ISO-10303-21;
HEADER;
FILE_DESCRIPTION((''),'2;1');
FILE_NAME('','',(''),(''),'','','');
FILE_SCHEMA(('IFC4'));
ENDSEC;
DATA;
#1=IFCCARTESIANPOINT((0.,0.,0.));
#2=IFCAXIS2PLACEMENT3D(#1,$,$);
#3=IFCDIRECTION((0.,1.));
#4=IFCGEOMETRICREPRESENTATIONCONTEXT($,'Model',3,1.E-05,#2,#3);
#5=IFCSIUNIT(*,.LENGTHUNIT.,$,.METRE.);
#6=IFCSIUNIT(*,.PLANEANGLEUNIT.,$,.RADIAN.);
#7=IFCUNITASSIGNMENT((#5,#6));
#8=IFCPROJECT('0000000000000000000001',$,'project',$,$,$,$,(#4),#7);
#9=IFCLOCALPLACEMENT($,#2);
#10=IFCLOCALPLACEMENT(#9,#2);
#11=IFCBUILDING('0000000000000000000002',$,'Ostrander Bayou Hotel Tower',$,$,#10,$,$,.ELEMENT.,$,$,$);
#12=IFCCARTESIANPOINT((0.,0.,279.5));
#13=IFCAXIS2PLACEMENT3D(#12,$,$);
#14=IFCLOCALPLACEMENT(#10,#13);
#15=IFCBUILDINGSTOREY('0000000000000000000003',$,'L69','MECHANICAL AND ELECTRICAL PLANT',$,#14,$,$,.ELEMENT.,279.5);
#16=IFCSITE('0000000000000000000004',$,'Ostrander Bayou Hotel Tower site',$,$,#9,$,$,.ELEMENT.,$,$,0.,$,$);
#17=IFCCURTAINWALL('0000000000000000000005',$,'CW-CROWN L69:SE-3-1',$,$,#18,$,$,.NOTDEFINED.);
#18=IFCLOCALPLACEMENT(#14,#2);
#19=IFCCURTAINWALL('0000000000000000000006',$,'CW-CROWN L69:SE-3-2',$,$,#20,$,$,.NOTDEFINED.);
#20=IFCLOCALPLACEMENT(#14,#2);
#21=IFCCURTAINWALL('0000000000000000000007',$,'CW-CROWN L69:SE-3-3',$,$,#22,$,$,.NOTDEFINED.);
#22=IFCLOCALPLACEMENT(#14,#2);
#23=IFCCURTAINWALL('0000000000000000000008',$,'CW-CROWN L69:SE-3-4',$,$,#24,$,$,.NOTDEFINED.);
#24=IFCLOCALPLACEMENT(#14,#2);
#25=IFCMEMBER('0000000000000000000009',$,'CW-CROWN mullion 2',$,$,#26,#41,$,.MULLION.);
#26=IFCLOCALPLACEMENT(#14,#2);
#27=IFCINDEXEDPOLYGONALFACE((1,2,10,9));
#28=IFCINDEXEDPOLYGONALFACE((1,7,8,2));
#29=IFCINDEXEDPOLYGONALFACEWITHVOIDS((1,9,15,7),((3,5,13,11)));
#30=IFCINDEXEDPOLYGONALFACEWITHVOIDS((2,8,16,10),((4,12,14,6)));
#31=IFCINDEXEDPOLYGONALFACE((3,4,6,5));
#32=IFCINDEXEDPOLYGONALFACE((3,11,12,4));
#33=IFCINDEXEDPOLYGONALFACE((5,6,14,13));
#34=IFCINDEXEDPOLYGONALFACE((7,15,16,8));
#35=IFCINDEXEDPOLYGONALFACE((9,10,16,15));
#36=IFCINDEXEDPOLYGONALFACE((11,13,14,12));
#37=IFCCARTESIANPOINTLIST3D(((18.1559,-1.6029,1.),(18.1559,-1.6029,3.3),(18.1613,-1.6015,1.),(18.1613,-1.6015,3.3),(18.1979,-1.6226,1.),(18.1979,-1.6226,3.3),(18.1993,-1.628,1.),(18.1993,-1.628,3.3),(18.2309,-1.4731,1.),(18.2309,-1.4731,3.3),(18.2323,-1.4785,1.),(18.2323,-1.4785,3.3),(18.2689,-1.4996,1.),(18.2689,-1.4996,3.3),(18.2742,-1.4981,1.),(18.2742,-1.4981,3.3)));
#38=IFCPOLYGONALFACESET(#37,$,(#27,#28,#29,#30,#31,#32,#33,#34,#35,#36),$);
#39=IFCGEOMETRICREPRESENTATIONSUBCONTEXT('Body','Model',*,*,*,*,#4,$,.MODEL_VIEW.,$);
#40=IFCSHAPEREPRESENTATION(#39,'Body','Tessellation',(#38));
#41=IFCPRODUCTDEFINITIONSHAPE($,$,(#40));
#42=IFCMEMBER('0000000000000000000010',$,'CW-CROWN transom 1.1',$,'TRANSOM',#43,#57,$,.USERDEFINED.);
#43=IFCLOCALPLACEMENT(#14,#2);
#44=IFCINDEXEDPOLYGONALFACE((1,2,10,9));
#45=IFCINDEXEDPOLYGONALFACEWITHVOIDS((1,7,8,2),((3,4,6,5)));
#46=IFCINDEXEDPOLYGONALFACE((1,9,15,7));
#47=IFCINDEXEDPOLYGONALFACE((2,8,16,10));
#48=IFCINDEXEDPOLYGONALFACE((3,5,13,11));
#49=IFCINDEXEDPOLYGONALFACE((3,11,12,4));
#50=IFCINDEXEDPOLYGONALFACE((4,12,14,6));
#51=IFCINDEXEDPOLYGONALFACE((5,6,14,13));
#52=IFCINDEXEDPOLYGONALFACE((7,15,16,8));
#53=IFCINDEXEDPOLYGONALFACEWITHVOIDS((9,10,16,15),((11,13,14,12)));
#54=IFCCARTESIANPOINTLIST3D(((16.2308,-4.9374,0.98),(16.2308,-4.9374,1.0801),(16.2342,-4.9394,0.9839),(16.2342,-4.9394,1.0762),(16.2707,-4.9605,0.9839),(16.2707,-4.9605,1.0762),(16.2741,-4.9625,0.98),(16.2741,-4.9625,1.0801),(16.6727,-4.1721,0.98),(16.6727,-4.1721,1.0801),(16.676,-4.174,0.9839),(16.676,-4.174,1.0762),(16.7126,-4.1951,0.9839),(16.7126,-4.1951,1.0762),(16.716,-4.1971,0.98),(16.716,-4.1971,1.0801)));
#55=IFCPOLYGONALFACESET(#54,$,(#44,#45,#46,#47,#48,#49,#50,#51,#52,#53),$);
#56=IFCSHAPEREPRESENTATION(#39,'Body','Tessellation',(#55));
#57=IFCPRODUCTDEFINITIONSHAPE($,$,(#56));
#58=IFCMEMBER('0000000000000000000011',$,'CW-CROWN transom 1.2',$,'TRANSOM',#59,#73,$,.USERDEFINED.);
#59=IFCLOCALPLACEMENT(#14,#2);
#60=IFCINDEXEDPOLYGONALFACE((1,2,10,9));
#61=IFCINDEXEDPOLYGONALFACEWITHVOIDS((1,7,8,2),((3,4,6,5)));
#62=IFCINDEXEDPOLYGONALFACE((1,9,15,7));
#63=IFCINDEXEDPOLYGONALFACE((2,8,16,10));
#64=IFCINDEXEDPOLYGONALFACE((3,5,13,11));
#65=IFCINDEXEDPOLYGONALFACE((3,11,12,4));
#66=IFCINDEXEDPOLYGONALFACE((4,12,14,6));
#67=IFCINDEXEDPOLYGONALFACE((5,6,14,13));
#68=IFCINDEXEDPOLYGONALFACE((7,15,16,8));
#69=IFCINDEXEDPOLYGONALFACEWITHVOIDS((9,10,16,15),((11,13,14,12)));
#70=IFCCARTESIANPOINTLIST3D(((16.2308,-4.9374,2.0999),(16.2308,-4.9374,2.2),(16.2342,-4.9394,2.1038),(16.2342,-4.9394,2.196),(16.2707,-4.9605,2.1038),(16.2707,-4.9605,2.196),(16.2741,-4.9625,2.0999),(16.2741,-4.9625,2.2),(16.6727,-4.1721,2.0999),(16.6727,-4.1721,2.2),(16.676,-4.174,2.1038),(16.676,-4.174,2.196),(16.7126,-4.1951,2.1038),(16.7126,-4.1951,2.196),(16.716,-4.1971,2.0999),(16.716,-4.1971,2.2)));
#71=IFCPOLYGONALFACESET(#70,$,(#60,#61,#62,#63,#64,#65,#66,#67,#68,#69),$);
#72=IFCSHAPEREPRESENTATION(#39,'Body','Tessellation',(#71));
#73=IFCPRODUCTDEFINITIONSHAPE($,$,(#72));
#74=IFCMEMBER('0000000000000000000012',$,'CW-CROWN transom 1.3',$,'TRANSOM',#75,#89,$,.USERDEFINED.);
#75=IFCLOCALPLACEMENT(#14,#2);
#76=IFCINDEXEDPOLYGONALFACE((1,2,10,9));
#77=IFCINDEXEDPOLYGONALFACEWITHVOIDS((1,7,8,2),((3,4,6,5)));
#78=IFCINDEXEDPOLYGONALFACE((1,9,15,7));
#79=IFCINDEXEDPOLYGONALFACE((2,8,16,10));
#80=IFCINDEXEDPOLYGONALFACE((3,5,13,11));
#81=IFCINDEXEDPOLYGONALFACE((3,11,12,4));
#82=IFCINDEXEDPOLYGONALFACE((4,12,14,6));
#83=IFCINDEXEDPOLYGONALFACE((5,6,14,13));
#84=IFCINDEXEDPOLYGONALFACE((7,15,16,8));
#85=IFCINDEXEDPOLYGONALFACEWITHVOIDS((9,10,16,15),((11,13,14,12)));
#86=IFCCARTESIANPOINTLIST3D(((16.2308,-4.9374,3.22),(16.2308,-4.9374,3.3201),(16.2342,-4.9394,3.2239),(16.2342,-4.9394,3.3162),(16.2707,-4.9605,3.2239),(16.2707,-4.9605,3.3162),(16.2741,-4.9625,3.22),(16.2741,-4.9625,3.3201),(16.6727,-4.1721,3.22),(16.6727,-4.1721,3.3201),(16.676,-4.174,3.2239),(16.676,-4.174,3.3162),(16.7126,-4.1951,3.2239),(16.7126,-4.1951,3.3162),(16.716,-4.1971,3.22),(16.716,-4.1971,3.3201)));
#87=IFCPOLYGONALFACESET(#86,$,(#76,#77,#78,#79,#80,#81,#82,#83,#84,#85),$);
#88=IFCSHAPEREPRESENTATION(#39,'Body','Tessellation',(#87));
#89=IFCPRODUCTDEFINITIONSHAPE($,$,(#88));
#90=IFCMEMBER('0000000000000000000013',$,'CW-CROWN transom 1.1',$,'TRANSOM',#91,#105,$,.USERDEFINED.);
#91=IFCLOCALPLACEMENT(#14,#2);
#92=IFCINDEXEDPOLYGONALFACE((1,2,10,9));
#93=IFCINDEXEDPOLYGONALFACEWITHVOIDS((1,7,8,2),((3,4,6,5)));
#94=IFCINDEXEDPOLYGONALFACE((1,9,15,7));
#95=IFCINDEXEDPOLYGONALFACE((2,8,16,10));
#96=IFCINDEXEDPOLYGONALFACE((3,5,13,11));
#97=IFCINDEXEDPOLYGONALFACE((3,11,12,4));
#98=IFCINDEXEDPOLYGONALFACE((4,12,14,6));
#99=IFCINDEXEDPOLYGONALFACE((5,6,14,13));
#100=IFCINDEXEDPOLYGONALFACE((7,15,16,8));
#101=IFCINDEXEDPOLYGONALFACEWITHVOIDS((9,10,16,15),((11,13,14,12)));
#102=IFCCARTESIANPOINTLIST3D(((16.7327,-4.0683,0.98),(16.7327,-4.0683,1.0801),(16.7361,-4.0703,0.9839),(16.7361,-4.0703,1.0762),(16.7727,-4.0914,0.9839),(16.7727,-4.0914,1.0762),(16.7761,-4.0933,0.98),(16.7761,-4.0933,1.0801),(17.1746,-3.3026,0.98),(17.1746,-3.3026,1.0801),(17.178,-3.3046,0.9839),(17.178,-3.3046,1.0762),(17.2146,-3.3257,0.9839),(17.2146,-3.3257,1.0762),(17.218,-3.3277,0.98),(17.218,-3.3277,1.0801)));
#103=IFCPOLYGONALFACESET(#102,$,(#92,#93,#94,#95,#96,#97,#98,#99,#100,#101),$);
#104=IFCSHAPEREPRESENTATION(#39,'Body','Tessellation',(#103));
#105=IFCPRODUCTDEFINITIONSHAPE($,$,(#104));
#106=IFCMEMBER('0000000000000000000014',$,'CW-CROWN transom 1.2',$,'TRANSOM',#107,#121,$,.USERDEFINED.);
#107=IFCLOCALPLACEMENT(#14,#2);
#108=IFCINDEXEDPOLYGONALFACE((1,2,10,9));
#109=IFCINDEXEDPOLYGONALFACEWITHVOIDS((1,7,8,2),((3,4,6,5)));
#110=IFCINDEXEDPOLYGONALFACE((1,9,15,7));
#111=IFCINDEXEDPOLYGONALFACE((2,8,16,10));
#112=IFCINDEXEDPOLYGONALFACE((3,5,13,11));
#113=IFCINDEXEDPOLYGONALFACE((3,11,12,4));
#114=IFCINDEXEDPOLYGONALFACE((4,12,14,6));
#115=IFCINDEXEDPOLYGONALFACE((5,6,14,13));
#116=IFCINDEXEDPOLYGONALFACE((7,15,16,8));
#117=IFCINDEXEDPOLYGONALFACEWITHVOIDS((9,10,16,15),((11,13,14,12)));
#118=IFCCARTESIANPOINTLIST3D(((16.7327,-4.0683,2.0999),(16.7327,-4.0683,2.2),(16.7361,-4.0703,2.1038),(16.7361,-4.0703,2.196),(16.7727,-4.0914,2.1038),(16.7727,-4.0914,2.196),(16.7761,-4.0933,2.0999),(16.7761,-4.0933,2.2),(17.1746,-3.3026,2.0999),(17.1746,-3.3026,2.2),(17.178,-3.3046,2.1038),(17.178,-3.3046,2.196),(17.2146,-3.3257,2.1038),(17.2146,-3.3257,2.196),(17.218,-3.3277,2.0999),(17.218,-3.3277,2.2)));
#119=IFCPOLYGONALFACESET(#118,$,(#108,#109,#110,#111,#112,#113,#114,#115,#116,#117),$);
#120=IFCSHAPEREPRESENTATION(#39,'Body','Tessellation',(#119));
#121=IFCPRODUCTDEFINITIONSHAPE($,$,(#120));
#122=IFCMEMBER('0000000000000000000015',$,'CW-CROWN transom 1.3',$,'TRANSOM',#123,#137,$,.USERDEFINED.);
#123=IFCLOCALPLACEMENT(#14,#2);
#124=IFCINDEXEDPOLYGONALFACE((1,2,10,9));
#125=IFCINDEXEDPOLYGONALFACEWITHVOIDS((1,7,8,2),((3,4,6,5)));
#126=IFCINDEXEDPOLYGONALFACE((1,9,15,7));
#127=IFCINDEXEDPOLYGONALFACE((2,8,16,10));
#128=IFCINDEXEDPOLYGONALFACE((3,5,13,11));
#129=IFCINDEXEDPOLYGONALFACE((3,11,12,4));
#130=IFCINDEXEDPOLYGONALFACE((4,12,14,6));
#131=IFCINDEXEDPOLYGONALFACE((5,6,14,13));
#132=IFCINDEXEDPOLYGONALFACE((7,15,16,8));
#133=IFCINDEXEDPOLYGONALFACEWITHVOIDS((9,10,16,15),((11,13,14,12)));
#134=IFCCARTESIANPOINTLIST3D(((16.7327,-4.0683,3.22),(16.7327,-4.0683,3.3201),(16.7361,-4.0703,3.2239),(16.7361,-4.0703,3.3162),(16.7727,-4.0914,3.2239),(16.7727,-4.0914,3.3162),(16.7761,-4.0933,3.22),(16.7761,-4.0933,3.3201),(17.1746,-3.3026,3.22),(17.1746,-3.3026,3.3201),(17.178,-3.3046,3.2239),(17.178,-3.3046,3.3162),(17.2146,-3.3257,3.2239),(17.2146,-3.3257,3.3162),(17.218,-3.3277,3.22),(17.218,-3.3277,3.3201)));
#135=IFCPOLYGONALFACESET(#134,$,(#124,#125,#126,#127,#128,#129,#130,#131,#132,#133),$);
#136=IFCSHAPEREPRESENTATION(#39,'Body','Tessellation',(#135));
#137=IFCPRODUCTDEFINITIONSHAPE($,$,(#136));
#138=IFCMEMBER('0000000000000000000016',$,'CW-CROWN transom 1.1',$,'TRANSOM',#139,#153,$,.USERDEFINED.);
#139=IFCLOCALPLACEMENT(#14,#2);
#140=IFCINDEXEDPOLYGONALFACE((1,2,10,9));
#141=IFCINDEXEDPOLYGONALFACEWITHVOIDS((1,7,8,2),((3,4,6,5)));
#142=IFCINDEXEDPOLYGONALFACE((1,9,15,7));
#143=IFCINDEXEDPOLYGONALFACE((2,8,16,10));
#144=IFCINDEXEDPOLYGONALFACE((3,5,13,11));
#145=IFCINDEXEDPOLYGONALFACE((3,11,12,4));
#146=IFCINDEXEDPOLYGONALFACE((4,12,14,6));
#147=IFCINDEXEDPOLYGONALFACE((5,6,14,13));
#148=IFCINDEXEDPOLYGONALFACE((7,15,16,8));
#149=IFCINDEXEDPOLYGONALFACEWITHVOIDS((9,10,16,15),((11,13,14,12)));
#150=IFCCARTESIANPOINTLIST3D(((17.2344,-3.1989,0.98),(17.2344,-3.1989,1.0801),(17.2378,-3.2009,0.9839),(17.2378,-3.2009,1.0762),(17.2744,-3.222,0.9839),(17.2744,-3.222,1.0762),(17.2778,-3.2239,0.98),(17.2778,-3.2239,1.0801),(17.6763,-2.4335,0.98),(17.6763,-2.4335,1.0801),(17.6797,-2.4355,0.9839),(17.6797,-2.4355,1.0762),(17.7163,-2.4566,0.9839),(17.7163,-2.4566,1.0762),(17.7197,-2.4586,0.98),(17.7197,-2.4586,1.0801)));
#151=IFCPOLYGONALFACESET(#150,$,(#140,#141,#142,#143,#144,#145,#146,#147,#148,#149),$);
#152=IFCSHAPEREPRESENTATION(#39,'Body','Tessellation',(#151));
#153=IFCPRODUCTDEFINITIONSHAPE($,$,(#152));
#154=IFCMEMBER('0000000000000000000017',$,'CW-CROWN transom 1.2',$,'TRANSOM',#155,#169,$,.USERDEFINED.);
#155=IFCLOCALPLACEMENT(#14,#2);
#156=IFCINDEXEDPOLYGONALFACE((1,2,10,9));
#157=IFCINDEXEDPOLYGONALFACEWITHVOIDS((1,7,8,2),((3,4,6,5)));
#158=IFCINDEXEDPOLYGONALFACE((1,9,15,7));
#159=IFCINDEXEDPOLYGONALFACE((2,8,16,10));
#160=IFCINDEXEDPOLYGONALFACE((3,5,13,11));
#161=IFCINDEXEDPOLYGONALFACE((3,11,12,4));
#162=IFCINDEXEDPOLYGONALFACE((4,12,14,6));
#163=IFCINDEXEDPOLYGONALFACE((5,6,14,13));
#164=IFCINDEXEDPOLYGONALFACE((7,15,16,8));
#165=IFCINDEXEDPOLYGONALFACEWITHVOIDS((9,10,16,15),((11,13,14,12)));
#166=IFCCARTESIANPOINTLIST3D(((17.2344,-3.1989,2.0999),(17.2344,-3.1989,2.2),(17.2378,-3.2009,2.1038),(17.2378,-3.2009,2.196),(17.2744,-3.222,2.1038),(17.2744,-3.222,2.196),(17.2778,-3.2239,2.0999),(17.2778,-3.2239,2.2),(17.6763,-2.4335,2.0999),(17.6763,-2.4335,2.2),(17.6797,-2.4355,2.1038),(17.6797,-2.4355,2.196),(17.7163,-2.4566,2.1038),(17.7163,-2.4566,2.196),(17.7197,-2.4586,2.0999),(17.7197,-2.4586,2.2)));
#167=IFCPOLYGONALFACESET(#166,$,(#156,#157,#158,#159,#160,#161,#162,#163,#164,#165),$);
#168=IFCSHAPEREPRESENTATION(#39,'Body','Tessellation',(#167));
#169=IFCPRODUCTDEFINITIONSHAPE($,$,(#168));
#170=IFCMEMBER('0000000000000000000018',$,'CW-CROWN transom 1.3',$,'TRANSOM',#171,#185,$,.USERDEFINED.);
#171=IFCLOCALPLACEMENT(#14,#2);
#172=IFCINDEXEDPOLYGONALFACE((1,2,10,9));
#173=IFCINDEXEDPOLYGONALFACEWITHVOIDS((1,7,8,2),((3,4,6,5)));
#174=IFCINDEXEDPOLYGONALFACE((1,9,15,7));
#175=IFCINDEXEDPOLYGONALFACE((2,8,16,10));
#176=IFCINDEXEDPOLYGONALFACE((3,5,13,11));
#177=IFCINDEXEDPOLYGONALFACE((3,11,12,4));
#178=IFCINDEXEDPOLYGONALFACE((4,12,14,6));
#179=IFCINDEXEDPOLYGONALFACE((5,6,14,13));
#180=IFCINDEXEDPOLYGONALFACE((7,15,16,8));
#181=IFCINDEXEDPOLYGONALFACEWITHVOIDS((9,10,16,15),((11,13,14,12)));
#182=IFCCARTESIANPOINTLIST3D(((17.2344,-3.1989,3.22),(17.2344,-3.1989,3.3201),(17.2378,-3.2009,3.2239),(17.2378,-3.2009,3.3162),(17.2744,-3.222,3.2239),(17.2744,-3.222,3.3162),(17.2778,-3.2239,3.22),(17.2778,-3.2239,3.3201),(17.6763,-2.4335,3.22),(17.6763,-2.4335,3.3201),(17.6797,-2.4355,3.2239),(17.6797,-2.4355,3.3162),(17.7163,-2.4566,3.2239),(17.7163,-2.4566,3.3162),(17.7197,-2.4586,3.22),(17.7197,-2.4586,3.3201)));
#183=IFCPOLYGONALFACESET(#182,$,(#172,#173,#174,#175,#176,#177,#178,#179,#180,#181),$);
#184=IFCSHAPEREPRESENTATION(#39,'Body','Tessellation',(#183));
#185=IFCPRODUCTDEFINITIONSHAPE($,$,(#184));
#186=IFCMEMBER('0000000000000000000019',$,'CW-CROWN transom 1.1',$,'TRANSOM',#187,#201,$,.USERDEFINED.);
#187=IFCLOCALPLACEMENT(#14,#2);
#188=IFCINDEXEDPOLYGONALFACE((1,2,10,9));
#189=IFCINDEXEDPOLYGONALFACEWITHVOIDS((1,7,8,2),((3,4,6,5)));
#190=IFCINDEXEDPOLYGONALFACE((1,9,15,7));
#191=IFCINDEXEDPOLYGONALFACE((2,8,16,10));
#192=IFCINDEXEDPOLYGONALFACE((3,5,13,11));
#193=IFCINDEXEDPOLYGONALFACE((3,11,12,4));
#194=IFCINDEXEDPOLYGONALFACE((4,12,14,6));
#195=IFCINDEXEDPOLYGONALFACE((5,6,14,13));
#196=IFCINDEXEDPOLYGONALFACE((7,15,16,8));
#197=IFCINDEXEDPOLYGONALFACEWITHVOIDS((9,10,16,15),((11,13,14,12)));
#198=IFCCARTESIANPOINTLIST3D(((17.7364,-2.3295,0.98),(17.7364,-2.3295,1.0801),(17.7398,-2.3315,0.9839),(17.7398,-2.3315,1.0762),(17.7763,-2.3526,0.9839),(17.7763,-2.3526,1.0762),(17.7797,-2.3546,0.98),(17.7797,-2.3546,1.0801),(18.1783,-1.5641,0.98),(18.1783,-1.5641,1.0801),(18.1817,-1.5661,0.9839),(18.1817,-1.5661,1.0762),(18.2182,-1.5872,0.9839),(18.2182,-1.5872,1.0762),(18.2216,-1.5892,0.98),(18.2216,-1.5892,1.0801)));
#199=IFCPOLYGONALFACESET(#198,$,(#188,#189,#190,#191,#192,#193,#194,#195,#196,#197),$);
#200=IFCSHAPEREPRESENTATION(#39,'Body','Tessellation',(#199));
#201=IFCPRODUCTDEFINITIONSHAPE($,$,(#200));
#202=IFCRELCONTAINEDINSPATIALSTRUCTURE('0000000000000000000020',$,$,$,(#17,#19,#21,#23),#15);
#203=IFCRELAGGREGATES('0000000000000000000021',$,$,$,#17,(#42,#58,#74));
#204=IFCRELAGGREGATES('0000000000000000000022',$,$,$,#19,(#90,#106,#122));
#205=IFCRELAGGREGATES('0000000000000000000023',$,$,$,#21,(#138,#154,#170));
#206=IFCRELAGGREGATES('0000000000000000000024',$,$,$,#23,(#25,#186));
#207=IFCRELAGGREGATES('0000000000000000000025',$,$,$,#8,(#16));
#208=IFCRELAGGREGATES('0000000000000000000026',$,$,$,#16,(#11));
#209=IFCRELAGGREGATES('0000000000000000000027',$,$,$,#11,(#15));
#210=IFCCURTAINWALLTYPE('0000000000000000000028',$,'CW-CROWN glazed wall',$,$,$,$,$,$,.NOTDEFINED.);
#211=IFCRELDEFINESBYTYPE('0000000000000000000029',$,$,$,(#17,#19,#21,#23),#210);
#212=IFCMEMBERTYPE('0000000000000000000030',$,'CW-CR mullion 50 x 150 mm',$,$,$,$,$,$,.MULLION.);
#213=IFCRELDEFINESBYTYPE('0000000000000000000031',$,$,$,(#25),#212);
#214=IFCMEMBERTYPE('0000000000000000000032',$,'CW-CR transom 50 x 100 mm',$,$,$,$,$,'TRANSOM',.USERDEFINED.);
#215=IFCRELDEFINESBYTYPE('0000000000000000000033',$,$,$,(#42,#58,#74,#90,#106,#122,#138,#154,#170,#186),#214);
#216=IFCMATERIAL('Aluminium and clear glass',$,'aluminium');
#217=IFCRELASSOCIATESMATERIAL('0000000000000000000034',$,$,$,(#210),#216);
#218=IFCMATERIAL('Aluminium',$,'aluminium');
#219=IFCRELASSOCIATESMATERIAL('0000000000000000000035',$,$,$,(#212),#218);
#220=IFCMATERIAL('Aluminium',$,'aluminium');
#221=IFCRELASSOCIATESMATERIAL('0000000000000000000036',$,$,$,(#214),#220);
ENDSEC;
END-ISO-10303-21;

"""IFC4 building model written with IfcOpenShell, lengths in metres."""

from ifc_helpers import new_model, si_unit, direction, frame, origin, origin_2d, place, context, subcontext, project, spatial, hollow_rectangle, extrude, material, material_profile, profile_set, type_object, element, aggregate, save


model = new_model("IFC4")

# Units and contexts
model_context = context("Model", 3, precision=1e-05, world=origin(), true_north=direction((0.0, 1.0)))
body_context = subcontext(model_context, "Body", "Model", "MODEL_VIEW")
ifc_project = project(units=[si_unit("LENGTHUNIT", "METRE"), si_unit("PLANEANGLEUNIT", "RADIAN")], contexts=[model_context])

# Site, building, storey
site_placement = place(None, origin())
site = spatial("IfcSite", under=ifc_project, at=site_placement, Name="Ostrander Bayou Hotel Tower site", CompositionType="ELEMENT", RefElevation=0.0)
building_placement = place(site_placement, origin())
building = spatial("IfcBuilding", under=site, at=building_placement, Name="Ostrander Bayou Hotel Tower", CompositionType="ELEMENT")
storey_placement = place(building_placement, frame((0.0, 0.0, 279.5)))
storey = spatial("IfcBuildingStorey", under=building, at=storey_placement, Name="L69", Description="MECHANICAL AND ELECTRICAL PLANT", CompositionType="ELEMENT", Elevation=279.5)

# Curtain walls, member
ifc_material_1 = material(Name="Aluminium and clear glass", Category="aluminium")
curtain_wall_type = type_object("IfcCurtainWallType", Name="CW-CROWN glazed wall", PredefinedType="NOTDEFINED", material=ifc_material_1)
curtain_wall_1_placement = place(storey_placement, origin())
curtain_wall_1 = element("IfcCurtainWall", 1, at=curtain_wall_1_placement, inside=storey, type_object=curtain_wall_type, Name="CW-CROWN L69:SE-3-1", PredefinedType="NOTDEFINED")
ifc_material_2 = material(Name="Aluminium", Category="aluminium")
ifc_material_profile_1 = material_profile(ifc_material_2, hollow_rectangle(XDim=0.05, YDim=0.1499, WallThickness=0.0039, at=origin_2d()))
ifc_profile_set_1 = profile_set([ifc_material_profile_1], Name="Aluminium")
member_type_1 = type_object("IfcMemberType", Name="CW-CR mullion 50 x 150 mm", PredefinedType="MULLION", material=ifc_profile_set_1)
curtain_wall_2_placement = place(storey_placement, origin())
curtain_wall_2 = element("IfcCurtainWall", 2, at=curtain_wall_2_placement, inside=storey, type_object=curtain_wall_type, Name="CW-CROWN L69:SE-3-2", PredefinedType="NOTDEFINED")
curtain_wall_3_placement = place(storey_placement, origin())
curtain_wall_3 = element("IfcCurtainWall", 3, at=curtain_wall_3_placement, inside=storey, type_object=curtain_wall_type, Name="CW-CROWN L69:SE-3-3", PredefinedType="NOTDEFINED")
curtain_wall_4_placement = place(storey_placement, origin())
curtain_wall_4 = element("IfcCurtainWall", 4, at=curtain_wall_4_placement, inside=storey, type_object=curtain_wall_type, Name="CW-CROWN L69:SE-3-4", PredefinedType="NOTDEFINED")
member_1_placement = place(storey_placement, frame((18.2151, -1.5505, 1.0), z_axis=(0.0, 0.0, 1.0), x_axis=(-0.866046, 0.499964, 0.0)))
member_1 = element("IfcMember", 5, at=member_1_placement, type_object=member_type_1, Name="CW-CROWN mullion 2", PredefinedType="MULLION", context=body_context, shape_type="SweptSolid", body=[
    extrude(hollow_rectangle(XDim=0.05, YDim=0.1499, WallThickness=0.0039, at=origin_2d()), origin(), (0.0, 0.0, 1.0), 2.3),
])

# Members
ifc_material_3 = material(Name="Aluminium", Category="aluminium")
ifc_material_profile_2 = material_profile(ifc_material_3, hollow_rectangle(XDim=0.05, YDim=0.1001, WallThickness=0.0039, at=origin_2d()))
ifc_profile_set_2 = profile_set([ifc_material_profile_2], Name="Aluminium")
member_type_2 = type_object("IfcMemberType", Name="CW-CR transom 50 x 100 mm", ElementType="TRANSOM", PredefinedType="USERDEFINED", material=ifc_profile_set_2)
member_2_placement = place(storey_placement, frame((16.2524, -4.95, 1.03), z_axis=(0.500001, 0.866025, 0.0), x_axis=(-0.866025, 0.500001, 0.0)))
member_2 = element("IfcMember", 6, at=member_2_placement, type_object=member_type_2, Name="CW-CROWN transom 1.1", ObjectType="TRANSOM", PredefinedType="USERDEFINED", context=body_context, shape_type="SweptSolid", body=[
    extrude(hollow_rectangle(XDim=0.05, YDim=0.1001, WallThickness=0.0039, at=origin_2d()), origin(), (0.0, 0.0, 1.0), 0.8838),
])
member_3_placement = place(storey_placement, frame((16.2524, -4.95, 2.1499), z_axis=(0.500001, 0.866025, 0.0), x_axis=(-0.866025, 0.500001, 0.0)))
member_3 = element("IfcMember", 7, at=member_3_placement, type_object=member_type_2, Name="CW-CROWN transom 1.2", ObjectType="TRANSOM", PredefinedType="USERDEFINED", context=body_context, shape_type="SweptSolid", body=[
    extrude(hollow_rectangle(XDim=0.05, YDim=0.1001, WallThickness=0.0039, at=origin_2d()), origin(), (0.0, 0.0, 1.0), 0.8838),
])
member_4_placement = place(storey_placement, frame((16.2524, -4.95, 3.27), z_axis=(0.500001, 0.866025, 0.0), x_axis=(-0.866025, 0.500001, 0.0)))
member_4 = element("IfcMember", 8, at=member_4_placement, type_object=member_type_2, Name="CW-CROWN transom 1.3", ObjectType="TRANSOM", PredefinedType="USERDEFINED", context=body_context, shape_type="SweptSolid", body=[
    extrude(hollow_rectangle(XDim=0.05, YDim=0.1001, WallThickness=0.0039, at=origin_2d()), origin(), (0.0, 0.0, 1.0), 0.8838),
])
member_5_placement = place(storey_placement, frame((16.7544, -4.0808, 1.03), z_axis=(0.499882, 0.866094, 0.0), x_axis=(-0.866094, 0.499882, 0.0)))
member_5 = element("IfcMember", 9, at=member_5_placement, type_object=member_type_2, Name="CW-CROWN transom 1.1", ObjectType="TRANSOM", PredefinedType="USERDEFINED", context=body_context, shape_type="SweptSolid", body=[
    extrude(hollow_rectangle(XDim=0.05, YDim=0.1001, WallThickness=0.0039, at=origin_2d()), origin(), (0.0, 0.0, 1.0), 0.884),
])
member_6_placement = place(storey_placement, frame((16.7544, -4.0808, 2.1499), z_axis=(0.499882, 0.866094, 0.0), x_axis=(-0.866094, 0.499882, 0.0)))
member_6 = element("IfcMember", 10, at=member_6_placement, type_object=member_type_2, Name="CW-CROWN transom 1.2", ObjectType="TRANSOM", PredefinedType="USERDEFINED", context=body_context, shape_type="SweptSolid", body=[
    extrude(hollow_rectangle(XDim=0.05, YDim=0.1001, WallThickness=0.0039, at=origin_2d()), origin(), (0.0, 0.0, 1.0), 0.884),
])
member_7_placement = place(storey_placement, frame((16.7544, -4.0808, 3.27), z_axis=(0.499882, 0.866094, 0.0), x_axis=(-0.866094, 0.499882, 0.0)))
member_7 = element("IfcMember", 11, at=member_7_placement, type_object=member_type_2, Name="CW-CROWN transom 1.3", ObjectType="TRANSOM", PredefinedType="USERDEFINED", context=body_context, shape_type="SweptSolid", body=[
    extrude(hollow_rectangle(XDim=0.05, YDim=0.1001, WallThickness=0.0039, at=origin_2d()), origin(), (0.0, 0.0, 1.0), 0.884),
])
member_8_placement = place(storey_placement, frame((17.2561, -3.2114, 1.03), z_axis=(0.500001, 0.866025, 0.0), x_axis=(-0.866025, 0.500001, 0.0)))
member_8 = element("IfcMember", 12, at=member_8_placement, type_object=member_type_2, Name="CW-CROWN transom 1.1", ObjectType="TRANSOM", PredefinedType="USERDEFINED", context=body_context, shape_type="SweptSolid", body=[
    extrude(hollow_rectangle(XDim=0.05, YDim=0.1001, WallThickness=0.0039, at=origin_2d()), origin(), (0.0, 0.0, 1.0), 0.8838),
])
member_9_placement = place(storey_placement, frame((17.2561, -3.2114, 2.1499), z_axis=(0.500001, 0.866025, 0.0), x_axis=(-0.866025, 0.500001, 0.0)))
member_9 = element("IfcMember", 13, at=member_9_placement, type_object=member_type_2, Name="CW-CROWN transom 1.2", ObjectType="TRANSOM", PredefinedType="USERDEFINED", context=body_context, shape_type="SweptSolid", body=[
    extrude(hollow_rectangle(XDim=0.05, YDim=0.1001, WallThickness=0.0039, at=origin_2d()), origin(), (0.0, 0.0, 1.0), 0.8838),
])
member_10_placement = place(storey_placement, frame((17.2561, -3.2114, 3.27), z_axis=(0.500001, 0.866025, 0.0), x_axis=(-0.866025, 0.500001, 0.0)))
member_10 = element("IfcMember", 14, at=member_10_placement, type_object=member_type_2, Name="CW-CROWN transom 1.3", ObjectType="TRANSOM", PredefinedType="USERDEFINED", context=body_context, shape_type="SweptSolid", body=[
    extrude(hollow_rectangle(XDim=0.05, YDim=0.1001, WallThickness=0.0039, at=origin_2d()), origin(), (0.0, 0.0, 1.0), 0.8838),
])
member_11_placement = place(storey_placement, frame((17.7581, -2.342, 1.03), z_axis=(0.500001, 0.866025, 0.0), x_axis=(-0.866025, 0.500001, 0.0)))
member_11 = element("IfcMember", 15, at=member_11_placement, type_object=member_type_2, Name="CW-CROWN transom 1.1", ObjectType="TRANSOM", PredefinedType="USERDEFINED", context=body_context, shape_type="SweptSolid", body=[
    extrude(hollow_rectangle(XDim=0.05, YDim=0.1001, WallThickness=0.0039, at=origin_2d()), origin(), (0.0, 0.0, 1.0), 0.8838),
])

aggregate(curtain_wall_1, [member_2, member_3, member_4])
aggregate(curtain_wall_2, [member_5, member_6, member_7])
aggregate(curtain_wall_3, [member_8, member_9, member_10])
aggregate(curtain_wall_4, [member_1, member_11])

save(model, "model.ifc")
